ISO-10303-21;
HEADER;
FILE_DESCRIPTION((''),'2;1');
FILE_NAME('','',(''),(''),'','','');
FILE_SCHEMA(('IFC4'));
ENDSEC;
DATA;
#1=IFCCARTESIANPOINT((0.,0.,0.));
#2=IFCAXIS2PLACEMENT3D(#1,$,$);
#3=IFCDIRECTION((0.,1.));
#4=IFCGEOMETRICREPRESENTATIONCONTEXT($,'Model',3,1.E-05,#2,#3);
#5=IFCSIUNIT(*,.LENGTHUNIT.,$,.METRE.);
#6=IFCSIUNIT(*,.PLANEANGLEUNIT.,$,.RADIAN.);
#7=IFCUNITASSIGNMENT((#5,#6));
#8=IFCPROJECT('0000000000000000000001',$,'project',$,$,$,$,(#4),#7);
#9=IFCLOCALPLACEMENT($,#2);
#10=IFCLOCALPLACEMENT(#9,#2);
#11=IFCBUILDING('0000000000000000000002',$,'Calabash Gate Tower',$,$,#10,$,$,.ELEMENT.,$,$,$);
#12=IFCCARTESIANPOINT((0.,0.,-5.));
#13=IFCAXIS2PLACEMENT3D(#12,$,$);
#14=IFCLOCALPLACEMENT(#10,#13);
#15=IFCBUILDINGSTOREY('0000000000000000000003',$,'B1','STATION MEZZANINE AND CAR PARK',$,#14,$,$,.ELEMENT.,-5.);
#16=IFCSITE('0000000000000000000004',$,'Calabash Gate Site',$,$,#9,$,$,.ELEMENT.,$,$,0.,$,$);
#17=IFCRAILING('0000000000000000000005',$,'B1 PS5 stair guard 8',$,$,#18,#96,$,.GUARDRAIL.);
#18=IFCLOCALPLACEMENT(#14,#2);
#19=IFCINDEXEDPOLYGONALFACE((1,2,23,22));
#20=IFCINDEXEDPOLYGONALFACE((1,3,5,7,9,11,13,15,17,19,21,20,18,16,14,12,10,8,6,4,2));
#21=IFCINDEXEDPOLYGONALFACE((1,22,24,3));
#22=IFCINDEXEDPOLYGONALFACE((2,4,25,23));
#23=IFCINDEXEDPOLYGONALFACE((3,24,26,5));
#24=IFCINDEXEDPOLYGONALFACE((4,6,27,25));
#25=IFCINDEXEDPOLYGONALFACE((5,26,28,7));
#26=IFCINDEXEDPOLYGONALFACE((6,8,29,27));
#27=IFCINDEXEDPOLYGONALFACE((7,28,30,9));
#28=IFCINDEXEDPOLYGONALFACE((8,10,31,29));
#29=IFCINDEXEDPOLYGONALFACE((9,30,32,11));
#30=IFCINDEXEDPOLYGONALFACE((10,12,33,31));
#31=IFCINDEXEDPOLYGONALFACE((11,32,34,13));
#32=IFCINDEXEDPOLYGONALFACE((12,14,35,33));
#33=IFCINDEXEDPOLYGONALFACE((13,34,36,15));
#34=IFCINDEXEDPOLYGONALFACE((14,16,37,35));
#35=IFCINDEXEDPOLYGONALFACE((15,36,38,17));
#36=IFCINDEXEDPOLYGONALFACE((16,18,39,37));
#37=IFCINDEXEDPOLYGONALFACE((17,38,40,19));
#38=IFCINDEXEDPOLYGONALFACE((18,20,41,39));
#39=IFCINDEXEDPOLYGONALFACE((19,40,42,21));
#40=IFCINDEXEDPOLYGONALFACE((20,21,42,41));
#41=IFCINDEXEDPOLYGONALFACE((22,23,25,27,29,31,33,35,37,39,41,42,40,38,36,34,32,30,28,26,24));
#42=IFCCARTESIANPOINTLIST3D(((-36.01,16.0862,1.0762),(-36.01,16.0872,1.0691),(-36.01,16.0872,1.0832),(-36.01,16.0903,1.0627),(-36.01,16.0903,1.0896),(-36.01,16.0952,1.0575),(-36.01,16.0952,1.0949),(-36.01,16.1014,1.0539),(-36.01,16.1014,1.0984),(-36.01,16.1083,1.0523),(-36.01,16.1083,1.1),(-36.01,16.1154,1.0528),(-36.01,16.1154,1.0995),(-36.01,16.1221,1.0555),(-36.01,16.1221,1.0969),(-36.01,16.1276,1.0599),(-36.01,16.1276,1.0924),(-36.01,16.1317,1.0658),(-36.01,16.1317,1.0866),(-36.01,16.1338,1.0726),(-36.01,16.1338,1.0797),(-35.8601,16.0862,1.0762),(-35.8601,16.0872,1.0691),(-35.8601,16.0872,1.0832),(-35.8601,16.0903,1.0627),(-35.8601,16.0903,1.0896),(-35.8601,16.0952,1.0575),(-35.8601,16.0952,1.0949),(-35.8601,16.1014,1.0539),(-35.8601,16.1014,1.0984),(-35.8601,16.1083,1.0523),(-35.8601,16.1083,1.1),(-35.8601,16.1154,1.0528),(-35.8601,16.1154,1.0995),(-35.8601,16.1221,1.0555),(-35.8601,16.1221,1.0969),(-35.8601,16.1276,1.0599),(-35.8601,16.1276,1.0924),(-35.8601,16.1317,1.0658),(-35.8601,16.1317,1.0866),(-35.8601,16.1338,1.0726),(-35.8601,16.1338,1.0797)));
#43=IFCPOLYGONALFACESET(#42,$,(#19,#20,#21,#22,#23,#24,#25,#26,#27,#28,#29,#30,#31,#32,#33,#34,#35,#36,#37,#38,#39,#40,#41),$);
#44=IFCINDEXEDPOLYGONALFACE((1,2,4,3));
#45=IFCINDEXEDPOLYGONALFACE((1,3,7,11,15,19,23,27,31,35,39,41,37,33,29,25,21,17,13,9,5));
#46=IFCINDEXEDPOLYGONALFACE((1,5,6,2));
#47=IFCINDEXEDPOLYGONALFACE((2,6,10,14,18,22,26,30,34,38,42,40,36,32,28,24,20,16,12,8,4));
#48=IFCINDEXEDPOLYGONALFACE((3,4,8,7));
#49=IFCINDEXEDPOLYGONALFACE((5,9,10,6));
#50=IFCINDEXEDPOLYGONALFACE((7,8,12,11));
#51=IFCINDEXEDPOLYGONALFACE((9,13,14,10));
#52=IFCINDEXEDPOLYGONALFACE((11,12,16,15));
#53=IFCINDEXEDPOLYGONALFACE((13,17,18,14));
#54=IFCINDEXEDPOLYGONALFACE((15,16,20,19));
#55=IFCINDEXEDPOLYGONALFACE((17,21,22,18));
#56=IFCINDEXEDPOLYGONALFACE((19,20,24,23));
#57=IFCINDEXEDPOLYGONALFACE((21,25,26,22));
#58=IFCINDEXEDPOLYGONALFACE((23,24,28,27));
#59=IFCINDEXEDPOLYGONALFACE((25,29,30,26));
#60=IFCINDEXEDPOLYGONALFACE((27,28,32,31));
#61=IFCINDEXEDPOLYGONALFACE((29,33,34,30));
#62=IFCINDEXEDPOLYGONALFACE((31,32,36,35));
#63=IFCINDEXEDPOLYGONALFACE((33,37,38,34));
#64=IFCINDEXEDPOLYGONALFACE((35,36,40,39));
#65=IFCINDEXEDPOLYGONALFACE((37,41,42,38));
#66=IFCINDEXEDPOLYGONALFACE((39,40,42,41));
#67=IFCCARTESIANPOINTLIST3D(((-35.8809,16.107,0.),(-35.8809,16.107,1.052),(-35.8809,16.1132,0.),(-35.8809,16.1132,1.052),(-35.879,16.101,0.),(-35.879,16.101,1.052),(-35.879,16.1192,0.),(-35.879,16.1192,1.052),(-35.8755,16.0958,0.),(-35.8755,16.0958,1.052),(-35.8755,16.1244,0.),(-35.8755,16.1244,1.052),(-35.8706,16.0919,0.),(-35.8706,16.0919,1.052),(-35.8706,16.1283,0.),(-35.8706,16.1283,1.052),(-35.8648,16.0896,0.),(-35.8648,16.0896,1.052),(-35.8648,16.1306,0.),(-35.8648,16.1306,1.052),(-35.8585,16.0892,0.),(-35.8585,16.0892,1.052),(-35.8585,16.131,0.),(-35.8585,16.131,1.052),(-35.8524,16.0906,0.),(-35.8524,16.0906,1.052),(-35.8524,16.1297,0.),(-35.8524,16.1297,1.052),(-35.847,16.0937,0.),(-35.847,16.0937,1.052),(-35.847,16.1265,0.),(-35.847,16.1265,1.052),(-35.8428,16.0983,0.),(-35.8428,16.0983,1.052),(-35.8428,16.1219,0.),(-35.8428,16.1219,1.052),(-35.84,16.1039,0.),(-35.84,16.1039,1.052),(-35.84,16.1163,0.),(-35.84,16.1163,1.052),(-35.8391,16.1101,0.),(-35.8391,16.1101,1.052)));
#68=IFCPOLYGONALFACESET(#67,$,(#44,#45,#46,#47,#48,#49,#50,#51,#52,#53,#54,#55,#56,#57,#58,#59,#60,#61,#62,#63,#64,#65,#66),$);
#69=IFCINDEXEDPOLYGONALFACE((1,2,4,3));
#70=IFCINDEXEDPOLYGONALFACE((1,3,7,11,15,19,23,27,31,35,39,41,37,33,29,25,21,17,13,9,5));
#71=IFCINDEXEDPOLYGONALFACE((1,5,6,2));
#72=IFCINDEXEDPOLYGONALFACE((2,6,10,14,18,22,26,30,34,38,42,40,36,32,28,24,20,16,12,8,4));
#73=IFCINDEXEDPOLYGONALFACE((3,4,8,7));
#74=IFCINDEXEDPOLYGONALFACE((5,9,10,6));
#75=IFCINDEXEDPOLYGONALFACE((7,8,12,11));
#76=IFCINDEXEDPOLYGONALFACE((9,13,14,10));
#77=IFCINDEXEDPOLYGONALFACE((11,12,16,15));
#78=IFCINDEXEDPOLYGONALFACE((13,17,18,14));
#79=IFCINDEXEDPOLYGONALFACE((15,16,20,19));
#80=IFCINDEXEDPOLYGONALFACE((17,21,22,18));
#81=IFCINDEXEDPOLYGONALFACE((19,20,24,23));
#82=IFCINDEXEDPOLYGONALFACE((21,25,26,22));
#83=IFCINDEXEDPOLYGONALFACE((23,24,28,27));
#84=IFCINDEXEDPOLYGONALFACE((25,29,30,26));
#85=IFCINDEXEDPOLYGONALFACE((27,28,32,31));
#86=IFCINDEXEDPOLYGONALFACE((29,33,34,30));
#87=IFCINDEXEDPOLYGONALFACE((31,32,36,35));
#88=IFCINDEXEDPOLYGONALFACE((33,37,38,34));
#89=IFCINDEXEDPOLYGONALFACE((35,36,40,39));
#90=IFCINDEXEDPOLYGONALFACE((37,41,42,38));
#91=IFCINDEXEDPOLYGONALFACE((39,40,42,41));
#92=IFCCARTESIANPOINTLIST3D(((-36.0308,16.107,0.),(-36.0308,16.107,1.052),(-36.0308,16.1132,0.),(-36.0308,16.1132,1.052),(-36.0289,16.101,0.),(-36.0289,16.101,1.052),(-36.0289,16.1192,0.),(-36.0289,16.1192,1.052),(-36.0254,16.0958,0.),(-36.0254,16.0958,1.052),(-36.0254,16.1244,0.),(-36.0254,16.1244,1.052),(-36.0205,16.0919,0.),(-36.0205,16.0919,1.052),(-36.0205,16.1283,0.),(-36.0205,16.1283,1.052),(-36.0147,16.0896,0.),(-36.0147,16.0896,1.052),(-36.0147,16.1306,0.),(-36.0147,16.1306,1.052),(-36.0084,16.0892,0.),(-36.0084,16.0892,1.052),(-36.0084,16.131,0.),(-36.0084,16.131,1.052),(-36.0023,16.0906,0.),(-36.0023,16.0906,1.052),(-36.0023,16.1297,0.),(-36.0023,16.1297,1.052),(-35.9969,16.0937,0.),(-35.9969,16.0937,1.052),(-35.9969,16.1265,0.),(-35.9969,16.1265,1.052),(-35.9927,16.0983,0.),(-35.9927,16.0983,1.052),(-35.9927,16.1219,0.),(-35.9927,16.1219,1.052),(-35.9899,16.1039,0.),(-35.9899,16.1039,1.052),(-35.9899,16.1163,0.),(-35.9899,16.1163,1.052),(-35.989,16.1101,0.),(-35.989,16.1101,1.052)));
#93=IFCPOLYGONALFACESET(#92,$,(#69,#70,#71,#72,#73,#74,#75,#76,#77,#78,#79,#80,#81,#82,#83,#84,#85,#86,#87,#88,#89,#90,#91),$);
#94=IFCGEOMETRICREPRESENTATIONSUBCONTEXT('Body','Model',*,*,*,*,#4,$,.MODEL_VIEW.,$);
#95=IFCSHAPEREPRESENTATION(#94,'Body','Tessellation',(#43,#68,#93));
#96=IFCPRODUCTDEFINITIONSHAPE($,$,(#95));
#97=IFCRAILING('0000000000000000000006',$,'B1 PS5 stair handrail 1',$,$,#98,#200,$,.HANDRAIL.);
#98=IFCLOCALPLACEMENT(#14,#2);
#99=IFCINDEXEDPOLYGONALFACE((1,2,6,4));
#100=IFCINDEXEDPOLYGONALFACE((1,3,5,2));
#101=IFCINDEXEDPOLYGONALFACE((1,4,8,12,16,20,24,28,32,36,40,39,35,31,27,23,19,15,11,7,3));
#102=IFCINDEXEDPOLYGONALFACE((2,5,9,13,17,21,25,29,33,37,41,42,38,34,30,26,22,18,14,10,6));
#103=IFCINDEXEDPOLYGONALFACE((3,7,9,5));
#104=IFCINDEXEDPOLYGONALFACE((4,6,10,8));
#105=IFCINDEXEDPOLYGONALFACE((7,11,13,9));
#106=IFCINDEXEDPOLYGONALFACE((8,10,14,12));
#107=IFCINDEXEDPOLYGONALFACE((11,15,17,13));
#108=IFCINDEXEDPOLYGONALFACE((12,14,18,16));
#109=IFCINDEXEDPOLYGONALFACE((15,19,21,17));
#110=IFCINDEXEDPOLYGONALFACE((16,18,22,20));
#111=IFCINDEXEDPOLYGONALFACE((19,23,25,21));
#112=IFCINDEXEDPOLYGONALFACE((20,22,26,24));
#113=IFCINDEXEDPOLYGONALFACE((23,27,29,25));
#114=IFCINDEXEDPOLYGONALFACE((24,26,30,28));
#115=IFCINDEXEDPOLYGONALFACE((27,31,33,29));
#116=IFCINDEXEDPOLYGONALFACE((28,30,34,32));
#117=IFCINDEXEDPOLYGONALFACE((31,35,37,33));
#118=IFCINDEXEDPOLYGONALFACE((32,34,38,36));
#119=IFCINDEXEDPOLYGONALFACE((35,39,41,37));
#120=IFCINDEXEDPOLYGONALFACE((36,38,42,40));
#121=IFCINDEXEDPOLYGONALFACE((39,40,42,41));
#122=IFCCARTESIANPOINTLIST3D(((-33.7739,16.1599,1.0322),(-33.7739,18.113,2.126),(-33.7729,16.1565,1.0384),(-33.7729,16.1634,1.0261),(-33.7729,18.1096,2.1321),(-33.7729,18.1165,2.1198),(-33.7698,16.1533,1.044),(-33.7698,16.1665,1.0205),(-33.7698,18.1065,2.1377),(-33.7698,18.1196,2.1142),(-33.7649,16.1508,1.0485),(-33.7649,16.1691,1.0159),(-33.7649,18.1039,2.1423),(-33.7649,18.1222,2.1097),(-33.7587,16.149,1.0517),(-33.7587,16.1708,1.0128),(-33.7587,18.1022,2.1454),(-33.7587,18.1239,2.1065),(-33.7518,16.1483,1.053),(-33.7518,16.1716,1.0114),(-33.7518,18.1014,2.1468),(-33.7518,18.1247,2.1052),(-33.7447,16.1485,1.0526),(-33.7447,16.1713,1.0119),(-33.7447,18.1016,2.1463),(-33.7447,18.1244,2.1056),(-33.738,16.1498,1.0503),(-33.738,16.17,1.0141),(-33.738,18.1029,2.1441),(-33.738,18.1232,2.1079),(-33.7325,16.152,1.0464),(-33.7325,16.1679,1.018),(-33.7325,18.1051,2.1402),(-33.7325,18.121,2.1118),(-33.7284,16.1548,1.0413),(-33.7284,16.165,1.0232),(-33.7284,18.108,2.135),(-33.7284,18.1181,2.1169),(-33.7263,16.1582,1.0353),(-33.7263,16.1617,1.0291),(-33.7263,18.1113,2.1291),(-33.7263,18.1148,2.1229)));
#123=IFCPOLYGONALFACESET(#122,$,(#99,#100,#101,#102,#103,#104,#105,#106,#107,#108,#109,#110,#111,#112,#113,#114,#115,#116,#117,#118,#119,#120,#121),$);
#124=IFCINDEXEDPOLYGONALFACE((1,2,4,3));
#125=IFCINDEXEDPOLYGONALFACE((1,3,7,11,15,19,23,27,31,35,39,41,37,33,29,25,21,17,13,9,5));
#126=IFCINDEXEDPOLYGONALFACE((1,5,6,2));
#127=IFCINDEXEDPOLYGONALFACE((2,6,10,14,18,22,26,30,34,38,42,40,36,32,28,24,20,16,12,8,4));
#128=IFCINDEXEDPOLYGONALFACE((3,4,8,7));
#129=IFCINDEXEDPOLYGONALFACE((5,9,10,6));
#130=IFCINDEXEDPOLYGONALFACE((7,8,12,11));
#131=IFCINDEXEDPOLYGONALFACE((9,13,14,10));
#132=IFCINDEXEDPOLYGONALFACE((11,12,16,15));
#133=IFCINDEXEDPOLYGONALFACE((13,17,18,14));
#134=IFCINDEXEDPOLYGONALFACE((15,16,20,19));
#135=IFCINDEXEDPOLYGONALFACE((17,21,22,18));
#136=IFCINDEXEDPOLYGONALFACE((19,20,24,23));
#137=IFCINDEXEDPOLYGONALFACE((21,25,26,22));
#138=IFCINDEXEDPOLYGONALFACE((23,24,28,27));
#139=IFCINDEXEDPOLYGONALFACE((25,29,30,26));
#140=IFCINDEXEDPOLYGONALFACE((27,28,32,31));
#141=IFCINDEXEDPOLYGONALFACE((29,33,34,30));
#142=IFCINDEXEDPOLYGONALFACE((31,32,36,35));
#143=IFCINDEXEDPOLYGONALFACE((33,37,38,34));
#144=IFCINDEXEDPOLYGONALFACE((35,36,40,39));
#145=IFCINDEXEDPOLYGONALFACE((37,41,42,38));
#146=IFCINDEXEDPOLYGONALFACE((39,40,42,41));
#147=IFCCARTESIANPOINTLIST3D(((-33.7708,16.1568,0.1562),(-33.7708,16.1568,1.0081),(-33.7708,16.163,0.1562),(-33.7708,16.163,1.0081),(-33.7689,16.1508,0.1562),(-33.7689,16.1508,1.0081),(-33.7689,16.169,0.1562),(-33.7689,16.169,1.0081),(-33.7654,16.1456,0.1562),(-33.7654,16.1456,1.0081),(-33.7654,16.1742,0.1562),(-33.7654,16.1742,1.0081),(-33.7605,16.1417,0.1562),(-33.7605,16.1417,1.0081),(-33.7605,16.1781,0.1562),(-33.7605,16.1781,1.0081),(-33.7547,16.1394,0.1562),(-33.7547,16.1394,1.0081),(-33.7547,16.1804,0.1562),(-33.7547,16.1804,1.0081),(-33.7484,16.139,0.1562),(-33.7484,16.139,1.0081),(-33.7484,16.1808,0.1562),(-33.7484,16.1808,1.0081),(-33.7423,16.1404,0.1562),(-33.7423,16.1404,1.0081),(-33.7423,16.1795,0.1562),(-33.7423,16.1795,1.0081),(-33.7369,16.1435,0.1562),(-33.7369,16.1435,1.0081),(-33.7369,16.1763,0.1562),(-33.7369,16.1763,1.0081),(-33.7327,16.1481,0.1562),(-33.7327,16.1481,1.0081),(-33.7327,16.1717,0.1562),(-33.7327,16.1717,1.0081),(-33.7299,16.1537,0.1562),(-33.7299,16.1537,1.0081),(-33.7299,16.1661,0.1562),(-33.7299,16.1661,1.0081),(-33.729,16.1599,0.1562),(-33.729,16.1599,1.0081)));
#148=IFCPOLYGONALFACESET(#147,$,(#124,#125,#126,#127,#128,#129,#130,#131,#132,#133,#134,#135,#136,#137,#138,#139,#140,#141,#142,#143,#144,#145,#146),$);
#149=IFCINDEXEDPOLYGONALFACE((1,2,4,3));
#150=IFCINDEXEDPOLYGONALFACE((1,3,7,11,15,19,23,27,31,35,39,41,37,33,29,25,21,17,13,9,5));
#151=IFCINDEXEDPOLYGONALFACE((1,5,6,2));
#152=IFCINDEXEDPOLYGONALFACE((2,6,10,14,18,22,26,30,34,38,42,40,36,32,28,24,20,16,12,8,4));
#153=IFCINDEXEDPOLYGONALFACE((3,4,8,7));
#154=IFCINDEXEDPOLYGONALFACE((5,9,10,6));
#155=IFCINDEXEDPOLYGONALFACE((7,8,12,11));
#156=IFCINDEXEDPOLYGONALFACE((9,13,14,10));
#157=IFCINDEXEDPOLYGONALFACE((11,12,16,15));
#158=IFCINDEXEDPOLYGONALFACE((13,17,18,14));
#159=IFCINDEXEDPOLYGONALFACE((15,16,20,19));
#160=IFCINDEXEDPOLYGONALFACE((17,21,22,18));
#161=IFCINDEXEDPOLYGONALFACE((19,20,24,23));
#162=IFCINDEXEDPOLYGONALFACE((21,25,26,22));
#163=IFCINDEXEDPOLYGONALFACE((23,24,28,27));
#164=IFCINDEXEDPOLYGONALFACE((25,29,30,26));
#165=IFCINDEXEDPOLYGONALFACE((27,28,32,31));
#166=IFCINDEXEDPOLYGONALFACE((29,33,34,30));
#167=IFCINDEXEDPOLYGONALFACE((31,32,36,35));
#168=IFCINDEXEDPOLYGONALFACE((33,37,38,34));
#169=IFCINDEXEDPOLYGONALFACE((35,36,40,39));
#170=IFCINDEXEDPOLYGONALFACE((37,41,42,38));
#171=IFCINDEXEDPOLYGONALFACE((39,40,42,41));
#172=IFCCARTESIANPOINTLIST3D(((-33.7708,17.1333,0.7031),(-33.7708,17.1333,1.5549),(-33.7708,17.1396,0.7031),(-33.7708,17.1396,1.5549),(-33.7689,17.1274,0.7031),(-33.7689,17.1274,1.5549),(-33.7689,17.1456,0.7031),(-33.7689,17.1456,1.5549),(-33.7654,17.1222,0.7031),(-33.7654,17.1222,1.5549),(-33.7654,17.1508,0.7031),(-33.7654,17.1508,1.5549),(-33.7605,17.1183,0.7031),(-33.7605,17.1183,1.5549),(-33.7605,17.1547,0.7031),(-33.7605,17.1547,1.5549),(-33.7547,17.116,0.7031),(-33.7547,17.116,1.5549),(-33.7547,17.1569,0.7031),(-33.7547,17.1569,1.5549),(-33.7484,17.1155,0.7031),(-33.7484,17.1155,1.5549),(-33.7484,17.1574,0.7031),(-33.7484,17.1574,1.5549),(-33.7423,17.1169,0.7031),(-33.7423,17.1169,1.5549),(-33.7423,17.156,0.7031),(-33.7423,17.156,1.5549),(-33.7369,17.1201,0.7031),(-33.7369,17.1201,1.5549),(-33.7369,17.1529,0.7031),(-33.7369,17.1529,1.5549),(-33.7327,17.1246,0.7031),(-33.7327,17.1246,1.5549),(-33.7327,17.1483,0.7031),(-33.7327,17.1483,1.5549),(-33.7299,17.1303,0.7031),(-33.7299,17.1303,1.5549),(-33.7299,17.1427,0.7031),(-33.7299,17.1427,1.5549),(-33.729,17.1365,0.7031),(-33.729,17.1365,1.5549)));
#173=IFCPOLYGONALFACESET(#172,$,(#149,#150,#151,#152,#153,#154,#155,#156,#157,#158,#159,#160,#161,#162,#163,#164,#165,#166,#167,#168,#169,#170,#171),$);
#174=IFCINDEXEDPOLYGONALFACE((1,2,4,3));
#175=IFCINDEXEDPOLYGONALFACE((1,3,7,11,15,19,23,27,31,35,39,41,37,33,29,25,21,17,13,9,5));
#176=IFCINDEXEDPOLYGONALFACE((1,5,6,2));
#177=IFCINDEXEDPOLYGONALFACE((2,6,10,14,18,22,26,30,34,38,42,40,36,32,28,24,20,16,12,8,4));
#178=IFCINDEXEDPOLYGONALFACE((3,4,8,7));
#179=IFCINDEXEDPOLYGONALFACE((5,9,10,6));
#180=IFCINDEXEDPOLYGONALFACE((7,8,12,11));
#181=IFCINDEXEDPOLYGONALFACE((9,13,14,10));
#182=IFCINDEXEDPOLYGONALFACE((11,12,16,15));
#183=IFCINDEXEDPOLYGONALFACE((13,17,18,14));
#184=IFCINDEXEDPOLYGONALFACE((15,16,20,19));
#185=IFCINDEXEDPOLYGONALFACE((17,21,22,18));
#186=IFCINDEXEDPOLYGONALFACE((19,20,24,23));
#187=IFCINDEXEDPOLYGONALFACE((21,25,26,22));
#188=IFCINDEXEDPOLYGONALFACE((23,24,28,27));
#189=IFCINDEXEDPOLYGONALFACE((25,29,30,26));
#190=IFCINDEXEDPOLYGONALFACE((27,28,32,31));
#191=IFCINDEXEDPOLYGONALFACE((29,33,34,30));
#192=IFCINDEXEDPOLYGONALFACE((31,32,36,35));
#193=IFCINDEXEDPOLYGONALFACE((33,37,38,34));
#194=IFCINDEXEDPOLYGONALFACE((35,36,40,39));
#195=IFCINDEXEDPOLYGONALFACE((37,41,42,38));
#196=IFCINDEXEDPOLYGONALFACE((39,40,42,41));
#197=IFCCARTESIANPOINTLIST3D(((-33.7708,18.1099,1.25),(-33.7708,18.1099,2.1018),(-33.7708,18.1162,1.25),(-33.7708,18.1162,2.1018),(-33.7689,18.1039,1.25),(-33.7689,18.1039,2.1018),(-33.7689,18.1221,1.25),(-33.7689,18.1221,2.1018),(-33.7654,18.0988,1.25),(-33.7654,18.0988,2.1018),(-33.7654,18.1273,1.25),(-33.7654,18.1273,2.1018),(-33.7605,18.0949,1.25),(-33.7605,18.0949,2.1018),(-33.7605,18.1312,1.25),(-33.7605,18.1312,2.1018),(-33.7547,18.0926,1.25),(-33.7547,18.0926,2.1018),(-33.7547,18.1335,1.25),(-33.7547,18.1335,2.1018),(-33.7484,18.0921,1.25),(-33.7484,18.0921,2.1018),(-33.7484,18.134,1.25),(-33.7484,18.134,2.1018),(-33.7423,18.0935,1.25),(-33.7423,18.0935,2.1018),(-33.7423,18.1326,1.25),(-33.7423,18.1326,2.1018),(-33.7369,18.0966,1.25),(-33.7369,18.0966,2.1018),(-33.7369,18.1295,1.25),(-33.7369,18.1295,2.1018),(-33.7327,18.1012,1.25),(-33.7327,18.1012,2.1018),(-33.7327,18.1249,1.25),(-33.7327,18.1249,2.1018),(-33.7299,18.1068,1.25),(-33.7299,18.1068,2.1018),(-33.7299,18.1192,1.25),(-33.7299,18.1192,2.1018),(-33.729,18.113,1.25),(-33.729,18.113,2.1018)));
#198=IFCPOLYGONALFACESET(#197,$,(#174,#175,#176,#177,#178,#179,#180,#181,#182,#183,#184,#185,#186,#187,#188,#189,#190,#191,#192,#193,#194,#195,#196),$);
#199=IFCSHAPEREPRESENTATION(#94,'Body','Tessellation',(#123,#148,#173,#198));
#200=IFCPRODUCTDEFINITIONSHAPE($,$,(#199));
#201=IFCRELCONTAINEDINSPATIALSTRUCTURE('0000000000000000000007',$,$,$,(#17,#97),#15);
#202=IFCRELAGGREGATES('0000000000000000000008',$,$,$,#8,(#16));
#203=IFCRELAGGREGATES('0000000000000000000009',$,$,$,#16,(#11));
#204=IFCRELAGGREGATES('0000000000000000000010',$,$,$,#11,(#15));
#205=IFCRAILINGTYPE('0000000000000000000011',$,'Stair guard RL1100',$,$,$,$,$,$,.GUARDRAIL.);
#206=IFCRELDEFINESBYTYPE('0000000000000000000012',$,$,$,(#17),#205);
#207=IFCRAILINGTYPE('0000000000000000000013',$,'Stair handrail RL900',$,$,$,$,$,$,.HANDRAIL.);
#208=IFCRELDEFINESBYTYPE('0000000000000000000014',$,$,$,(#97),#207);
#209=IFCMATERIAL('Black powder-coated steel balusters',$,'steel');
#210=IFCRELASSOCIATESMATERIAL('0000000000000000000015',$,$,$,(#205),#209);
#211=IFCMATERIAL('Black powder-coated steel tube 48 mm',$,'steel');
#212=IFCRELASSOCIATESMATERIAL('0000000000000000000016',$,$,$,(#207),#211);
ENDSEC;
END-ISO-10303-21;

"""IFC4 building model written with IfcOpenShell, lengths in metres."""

from ifc_helpers import new_model, si_unit, direction, frame, origin, origin_2d, place, context, subcontext, project, spatial, circle, extrude, material, type_object, element, save


model = new_model("IFC4")

# Units and contexts
model_context = context("Model", 3, precision=1e-05, world=origin(), true_north=direction((0.0, 1.0)))
body_context = subcontext(model_context, "Body", "Model", "MODEL_VIEW")
ifc_project = project(units=[si_unit("LENGTHUNIT", "METRE"), si_unit("PLANEANGLEUNIT", "RADIAN")], contexts=[model_context])

# Site, building, storey
site_placement = place(None, origin())
site = spatial("IfcSite", under=ifc_project, at=site_placement, Name="Calabash Gate Site", CompositionType="ELEMENT", RefElevation=0.0)
building_placement = place(site_placement, origin())
building = spatial("IfcBuilding", under=site, at=building_placement, Name="Calabash Gate Tower", CompositionType="ELEMENT")
storey_placement = place(building_placement, frame((0.0, 0.0, -5.0)))
storey = spatial("IfcBuildingStorey", under=building, at=storey_placement, Name="B1", Description="STATION MEZZANINE AND CAR PARK", CompositionType="ELEMENT", Elevation=-5.0)

# Railings
ifc_material_1 = material(Name="Black powder-coated steel balusters", Category="steel")
railing_type_1 = type_object("IfcRailingType", Name="Stair guard RL1100", PredefinedType="GUARDRAIL", material=ifc_material_1)
for number, where, name in (
    (1, (-35.8601, 16.1101, 0.0), "B1 PS5 stair guard 8"),
):
    element("IfcRailing", number, at=place(storey_placement, frame(where)), inside=storey, type_object=railing_type_1, Name=name, PredefinedType="GUARDRAIL", context=body_context, shape_type="SweptSolid", body=[
        extrude(circle(Radius=0.0239, at=origin_2d()), frame((0.0, 0.0, 1.0762), z_axis=(-1.0, 0.0, 0.0), x_axis=(0.0, -1.0, 0.0)), (0.0, 0.0, 1.0), 0.1499),
        extrude(circle(Radius=0.021, at=origin_2d()), origin(), (0.0, 0.0, 1.0), 1.052),
        extrude(circle(Radius=0.021, at=origin_2d()), frame((-0.1499, 0.0, 0.0)), (0.0, 0.0, 1.0), 1.052),
    ])
ifc_material_2 = material(Name="Black powder-coated steel tube 48 mm", Category="steel")
railing_type_2 = type_object("IfcRailingType", Name="Stair handrail RL900", PredefinedType="HANDRAIL", material=ifc_material_2)
for number, where, name in (
    (2, (-33.75, 16.1599, 0.1562), "B1 PS5 stair handrail 1"),
):
    element("IfcRailing", number, at=place(storey_placement, frame(where)), inside=storey, type_object=railing_type_2, Name=name, PredefinedType="HANDRAIL", context=body_context, shape_type="SweptSolid", body=[
        extrude(circle(Radius=0.0239, at=origin_2d()), frame((0.0, 0.0, 0.876), z_axis=(0.0, 0.872506, 0.488603), x_axis=(-1.0, 0.0, 0.0)), (0.0, 0.0, 1.0), 2.2385),
        extrude(circle(Radius=0.021, at=origin_2d()), origin(), (0.0, 0.0, 1.0), 0.8518),
        extrude(circle(Radius=0.021, at=origin_2d()), frame((0.0, 0.9766, 0.5469)), (0.0, 0.0, 1.0), 0.8518),
        extrude(circle(Radius=0.021, at=origin_2d()), frame((0.0, 1.9531, 1.0938)), (0.0, 0.0, 1.0), 0.8518),
    ])

save(model, "model.ifc")
